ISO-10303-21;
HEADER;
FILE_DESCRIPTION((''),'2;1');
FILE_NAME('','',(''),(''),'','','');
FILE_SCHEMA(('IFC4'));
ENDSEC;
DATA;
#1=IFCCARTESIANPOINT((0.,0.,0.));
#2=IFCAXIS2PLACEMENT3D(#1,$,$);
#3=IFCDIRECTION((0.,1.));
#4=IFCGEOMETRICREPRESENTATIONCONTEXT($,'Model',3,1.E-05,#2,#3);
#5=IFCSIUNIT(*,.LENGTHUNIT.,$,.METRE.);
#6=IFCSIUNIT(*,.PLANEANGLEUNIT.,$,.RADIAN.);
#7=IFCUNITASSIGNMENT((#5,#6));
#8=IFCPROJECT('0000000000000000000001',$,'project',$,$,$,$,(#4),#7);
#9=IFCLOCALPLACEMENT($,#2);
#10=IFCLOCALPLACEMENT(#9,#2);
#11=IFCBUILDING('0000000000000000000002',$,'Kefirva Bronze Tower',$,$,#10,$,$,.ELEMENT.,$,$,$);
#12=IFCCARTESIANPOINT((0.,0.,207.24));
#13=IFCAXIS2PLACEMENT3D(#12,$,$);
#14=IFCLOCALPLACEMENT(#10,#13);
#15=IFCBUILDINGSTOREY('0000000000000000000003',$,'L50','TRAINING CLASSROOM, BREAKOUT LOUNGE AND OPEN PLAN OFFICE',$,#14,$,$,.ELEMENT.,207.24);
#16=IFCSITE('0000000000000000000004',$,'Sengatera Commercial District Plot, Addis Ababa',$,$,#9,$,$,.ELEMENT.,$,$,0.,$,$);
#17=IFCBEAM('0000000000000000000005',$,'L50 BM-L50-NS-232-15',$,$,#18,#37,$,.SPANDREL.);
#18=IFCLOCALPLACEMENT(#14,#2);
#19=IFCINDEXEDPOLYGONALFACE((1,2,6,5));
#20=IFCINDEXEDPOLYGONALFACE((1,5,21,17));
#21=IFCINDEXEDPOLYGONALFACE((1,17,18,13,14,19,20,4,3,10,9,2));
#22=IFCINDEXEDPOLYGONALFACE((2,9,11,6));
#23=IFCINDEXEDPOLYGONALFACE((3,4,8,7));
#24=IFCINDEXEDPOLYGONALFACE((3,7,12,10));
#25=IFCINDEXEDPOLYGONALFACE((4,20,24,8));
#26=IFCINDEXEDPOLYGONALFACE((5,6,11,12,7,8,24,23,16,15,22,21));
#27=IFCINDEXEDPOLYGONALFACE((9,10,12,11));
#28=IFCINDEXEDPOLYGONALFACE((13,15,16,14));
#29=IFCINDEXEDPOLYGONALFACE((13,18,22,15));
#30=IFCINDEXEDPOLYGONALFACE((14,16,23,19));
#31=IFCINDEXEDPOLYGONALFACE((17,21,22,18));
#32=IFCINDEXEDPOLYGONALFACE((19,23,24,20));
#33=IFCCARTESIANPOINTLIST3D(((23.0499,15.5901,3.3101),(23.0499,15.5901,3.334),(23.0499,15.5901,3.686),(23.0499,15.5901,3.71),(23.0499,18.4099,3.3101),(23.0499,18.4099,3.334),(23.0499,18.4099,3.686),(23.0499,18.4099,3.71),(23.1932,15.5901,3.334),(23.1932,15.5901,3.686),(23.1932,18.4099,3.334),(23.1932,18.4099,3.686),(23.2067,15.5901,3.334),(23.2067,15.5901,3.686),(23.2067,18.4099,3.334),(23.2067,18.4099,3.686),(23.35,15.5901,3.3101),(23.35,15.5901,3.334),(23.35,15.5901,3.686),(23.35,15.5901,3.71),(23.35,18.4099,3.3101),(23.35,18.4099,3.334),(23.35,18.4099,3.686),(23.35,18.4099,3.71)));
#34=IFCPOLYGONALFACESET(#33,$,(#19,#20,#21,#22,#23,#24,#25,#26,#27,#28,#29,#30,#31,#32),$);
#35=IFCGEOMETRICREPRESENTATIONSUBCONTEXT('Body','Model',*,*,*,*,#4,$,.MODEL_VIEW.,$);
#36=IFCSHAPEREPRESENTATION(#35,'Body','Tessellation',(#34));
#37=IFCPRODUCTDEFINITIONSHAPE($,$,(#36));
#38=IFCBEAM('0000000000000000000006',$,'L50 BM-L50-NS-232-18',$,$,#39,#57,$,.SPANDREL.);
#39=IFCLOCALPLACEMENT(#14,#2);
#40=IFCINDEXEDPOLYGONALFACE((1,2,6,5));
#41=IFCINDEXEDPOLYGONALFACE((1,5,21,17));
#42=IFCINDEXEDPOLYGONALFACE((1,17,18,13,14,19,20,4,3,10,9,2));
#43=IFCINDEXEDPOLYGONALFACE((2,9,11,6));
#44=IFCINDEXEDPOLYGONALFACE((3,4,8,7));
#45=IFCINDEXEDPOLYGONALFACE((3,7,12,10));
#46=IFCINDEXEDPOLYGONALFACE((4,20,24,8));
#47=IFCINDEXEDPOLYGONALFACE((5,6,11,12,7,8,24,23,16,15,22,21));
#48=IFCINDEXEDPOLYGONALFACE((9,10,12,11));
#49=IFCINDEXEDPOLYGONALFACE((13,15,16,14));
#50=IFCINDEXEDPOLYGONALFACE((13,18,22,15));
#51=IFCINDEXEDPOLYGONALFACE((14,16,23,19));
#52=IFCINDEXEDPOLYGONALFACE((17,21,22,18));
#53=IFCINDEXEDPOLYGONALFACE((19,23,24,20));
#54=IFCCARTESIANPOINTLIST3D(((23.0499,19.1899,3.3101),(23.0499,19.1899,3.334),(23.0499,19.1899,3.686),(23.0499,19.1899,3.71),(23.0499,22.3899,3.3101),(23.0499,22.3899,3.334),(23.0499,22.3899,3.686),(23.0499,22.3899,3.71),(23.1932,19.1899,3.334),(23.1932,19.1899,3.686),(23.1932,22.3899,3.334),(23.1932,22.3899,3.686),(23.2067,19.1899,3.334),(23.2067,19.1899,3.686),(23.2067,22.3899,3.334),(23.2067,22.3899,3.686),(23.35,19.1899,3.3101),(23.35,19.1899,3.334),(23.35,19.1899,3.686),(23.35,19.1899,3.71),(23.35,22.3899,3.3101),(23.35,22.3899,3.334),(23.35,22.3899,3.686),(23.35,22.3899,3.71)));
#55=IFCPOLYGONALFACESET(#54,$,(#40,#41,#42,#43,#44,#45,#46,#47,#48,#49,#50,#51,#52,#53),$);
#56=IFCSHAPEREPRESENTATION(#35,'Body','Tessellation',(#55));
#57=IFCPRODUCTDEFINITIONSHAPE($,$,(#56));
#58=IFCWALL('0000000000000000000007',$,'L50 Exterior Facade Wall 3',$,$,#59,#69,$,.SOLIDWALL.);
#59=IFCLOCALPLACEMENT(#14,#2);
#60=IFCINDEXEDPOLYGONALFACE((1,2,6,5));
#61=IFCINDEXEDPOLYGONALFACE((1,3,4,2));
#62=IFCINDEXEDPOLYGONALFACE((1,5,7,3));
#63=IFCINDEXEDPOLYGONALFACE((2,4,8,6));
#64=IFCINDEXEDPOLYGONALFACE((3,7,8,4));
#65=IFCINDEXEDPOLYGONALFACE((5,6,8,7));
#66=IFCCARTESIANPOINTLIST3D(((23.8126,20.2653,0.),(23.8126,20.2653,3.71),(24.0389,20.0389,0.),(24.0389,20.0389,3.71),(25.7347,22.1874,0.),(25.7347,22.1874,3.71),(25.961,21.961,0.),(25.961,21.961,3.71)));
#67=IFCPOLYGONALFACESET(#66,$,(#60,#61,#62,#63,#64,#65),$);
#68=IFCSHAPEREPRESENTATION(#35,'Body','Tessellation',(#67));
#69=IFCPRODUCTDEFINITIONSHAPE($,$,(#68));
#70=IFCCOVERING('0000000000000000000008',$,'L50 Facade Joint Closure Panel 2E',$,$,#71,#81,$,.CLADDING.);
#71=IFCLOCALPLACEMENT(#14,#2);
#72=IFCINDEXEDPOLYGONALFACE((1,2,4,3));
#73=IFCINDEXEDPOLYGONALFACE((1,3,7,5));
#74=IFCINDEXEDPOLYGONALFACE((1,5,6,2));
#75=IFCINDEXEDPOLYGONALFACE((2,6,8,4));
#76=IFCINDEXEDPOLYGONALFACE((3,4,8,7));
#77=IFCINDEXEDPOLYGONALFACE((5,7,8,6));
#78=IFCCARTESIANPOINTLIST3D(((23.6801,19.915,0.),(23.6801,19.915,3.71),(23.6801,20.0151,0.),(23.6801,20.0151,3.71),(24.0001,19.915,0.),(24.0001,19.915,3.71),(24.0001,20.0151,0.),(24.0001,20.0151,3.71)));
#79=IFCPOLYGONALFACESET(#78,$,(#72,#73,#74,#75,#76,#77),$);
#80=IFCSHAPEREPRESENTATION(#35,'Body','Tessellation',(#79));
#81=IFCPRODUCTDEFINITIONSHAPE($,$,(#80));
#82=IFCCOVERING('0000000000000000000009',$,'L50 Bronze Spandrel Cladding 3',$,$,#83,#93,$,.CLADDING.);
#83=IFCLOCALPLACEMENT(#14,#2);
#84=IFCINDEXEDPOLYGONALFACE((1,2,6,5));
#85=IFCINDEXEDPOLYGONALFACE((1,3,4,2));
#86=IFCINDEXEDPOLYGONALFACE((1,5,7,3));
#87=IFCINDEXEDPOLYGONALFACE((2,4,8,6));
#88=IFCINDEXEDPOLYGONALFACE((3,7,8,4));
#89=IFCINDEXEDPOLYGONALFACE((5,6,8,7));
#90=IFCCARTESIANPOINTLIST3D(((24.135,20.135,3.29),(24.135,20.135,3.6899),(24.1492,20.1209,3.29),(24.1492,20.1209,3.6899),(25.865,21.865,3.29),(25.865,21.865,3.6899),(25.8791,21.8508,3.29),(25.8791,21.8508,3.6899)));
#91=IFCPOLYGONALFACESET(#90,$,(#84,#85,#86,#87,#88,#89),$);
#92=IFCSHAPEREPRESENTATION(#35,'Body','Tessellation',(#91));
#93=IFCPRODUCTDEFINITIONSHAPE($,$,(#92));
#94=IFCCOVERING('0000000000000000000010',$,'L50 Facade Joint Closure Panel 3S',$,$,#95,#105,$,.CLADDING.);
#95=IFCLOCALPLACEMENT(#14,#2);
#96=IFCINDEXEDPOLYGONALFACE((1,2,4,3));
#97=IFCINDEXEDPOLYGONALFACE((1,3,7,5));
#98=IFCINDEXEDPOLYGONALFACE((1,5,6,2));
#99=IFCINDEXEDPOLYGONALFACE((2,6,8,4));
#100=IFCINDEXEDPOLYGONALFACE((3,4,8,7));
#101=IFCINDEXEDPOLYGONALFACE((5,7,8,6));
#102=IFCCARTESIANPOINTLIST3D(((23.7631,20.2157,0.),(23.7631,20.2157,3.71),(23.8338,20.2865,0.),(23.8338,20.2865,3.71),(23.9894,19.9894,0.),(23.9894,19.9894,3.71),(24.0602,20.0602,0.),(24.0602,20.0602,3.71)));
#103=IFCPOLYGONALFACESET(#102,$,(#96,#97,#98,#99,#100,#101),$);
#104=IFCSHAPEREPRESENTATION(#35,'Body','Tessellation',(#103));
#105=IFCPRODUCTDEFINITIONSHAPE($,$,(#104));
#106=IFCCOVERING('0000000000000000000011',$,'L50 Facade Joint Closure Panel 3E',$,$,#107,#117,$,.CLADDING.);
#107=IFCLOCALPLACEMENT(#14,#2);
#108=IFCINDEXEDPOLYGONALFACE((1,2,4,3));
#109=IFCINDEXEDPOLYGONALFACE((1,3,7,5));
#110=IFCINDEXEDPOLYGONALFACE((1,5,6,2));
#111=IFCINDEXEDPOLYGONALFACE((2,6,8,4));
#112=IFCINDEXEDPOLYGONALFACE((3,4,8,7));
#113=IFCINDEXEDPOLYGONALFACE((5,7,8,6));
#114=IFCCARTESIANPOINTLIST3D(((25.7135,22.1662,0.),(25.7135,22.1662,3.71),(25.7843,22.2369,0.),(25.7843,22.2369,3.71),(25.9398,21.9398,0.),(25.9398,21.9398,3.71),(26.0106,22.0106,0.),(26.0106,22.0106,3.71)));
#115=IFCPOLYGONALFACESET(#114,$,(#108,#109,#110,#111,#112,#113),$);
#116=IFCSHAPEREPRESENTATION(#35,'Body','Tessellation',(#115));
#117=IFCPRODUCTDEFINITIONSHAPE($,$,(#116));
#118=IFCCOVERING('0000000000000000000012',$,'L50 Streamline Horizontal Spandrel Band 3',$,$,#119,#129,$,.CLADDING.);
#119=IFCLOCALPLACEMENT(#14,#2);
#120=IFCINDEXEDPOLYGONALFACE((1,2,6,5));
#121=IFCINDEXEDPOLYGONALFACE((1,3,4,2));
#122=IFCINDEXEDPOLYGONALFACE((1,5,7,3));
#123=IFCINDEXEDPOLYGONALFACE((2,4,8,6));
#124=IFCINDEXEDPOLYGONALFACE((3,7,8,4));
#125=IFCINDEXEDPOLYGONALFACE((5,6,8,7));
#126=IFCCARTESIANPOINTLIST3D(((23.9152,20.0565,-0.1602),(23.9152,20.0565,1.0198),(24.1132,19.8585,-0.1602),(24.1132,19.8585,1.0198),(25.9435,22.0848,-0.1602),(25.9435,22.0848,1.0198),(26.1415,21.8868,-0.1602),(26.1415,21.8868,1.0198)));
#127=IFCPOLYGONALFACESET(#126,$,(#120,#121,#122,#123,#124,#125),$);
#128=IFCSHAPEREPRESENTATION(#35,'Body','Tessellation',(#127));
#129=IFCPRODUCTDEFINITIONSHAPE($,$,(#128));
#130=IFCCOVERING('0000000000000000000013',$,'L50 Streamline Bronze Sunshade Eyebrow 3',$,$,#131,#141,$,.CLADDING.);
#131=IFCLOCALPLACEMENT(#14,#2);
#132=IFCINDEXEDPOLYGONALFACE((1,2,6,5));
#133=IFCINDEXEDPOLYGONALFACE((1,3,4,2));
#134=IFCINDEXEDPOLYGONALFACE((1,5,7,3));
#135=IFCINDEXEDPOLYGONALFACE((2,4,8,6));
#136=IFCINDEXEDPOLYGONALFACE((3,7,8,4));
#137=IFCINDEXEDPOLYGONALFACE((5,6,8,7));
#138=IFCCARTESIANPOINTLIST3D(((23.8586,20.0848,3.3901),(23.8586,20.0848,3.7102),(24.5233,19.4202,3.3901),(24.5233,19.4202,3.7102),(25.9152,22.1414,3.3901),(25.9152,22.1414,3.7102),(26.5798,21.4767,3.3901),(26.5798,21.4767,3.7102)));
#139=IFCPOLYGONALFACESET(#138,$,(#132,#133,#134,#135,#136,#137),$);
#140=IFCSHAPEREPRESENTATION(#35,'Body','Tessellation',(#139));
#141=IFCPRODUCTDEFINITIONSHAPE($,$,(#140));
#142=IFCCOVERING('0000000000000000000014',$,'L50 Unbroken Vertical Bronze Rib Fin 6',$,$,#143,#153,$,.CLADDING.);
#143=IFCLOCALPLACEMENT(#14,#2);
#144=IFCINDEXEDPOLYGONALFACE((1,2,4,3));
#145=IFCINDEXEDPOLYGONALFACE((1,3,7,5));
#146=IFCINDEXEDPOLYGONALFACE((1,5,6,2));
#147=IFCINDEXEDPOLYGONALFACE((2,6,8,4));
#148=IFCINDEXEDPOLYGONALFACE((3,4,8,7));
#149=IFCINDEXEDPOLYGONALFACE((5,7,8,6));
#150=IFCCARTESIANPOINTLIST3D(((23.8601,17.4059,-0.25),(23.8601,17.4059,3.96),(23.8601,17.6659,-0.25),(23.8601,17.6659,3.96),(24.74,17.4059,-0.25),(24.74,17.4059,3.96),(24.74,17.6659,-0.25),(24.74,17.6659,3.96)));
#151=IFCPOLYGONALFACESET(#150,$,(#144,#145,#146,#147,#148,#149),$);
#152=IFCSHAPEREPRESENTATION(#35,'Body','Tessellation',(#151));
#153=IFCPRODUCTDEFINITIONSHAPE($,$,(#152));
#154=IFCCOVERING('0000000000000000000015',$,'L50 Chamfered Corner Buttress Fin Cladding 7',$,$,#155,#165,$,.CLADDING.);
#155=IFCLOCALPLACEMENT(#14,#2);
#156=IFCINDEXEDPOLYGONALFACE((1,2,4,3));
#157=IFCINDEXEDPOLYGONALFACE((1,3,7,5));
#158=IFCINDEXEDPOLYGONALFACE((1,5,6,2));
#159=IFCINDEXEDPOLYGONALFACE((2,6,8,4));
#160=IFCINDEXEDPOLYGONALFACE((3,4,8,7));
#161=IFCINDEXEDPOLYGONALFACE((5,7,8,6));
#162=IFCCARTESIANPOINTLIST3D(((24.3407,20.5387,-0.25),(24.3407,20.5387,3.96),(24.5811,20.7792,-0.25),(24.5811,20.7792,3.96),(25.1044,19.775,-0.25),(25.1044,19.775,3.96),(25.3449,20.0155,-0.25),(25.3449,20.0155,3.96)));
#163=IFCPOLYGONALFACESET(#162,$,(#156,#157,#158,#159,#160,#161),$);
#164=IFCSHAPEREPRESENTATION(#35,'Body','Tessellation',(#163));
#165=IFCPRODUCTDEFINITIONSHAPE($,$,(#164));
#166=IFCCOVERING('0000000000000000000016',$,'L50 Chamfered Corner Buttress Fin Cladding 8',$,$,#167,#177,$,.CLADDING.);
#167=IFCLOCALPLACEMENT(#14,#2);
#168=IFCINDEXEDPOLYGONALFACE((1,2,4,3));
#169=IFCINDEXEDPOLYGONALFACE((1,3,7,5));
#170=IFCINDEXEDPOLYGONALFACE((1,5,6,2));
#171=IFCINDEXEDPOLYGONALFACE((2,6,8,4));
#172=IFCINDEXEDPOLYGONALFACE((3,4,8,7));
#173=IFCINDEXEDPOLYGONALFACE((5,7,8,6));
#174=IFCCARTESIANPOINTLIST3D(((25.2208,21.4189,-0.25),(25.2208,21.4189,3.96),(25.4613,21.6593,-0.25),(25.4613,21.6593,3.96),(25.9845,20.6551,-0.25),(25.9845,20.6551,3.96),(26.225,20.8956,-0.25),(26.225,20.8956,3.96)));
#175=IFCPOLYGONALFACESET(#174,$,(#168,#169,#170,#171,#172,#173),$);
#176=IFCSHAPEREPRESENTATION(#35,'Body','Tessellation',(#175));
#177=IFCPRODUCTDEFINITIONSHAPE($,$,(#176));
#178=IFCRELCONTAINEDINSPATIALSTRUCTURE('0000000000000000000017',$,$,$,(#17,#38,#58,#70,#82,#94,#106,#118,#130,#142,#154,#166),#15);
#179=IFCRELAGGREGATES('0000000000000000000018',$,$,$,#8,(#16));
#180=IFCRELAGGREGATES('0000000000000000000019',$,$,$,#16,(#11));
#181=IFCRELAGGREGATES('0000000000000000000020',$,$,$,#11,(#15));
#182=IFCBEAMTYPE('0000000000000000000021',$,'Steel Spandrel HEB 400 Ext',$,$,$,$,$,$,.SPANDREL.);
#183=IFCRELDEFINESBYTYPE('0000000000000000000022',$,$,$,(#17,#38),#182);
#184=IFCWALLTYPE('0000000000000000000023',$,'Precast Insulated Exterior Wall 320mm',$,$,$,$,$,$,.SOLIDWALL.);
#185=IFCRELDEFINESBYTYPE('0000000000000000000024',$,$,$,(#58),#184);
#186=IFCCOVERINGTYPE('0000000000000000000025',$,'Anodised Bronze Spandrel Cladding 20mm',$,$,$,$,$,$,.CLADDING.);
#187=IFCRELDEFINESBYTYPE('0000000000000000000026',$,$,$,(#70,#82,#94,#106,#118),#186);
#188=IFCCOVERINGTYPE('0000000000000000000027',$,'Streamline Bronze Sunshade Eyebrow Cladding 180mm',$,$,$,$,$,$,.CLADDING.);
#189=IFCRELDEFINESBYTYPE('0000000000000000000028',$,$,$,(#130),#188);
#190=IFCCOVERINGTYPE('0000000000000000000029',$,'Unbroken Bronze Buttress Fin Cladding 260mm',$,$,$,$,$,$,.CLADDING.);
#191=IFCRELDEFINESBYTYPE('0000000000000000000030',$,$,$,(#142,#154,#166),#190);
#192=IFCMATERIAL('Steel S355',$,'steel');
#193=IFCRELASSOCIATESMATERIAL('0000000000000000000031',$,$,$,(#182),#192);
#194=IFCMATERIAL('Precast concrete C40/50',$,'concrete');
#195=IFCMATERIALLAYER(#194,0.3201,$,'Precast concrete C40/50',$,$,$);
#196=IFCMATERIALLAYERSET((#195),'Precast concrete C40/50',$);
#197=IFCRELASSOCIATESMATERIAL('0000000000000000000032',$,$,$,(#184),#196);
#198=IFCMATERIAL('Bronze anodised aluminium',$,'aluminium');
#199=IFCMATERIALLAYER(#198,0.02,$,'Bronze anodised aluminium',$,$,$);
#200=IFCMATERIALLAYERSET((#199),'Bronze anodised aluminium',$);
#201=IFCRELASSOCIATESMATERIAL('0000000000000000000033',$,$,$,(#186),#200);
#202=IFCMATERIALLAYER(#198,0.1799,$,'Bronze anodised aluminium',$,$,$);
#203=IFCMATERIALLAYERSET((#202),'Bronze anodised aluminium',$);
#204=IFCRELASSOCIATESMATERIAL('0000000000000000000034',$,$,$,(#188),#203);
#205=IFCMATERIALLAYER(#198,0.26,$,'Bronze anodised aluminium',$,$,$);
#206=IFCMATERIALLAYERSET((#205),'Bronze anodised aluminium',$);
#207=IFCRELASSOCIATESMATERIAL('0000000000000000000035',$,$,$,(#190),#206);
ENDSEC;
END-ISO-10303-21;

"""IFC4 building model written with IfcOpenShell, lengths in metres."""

from ifc_helpers import new_model, si_unit, direction, frame, frame_2d, origin, origin_2d, place, context, subcontext, project, spatial, rectangle, i_section, extrude, material, layer, layer_set, material_profile, profile_set, type_object, element, save


model = new_model("IFC4")

# Units and contexts
model_context = context("Model", 3, precision=1e-05, world=origin(), true_north=direction((0.0, 1.0)))
body_context = subcontext(model_context, "Body", "Model", "MODEL_VIEW")
ifc_project = project(units=[si_unit("LENGTHUNIT", "METRE"), si_unit("PLANEANGLEUNIT", "RADIAN")], contexts=[model_context])

# Site, building, storey
site_placement = place(None, origin())
site = spatial("IfcSite", under=ifc_project, at=site_placement, Name="Sengatera Commercial District Plot, Addis Ababa", CompositionType="ELEMENT", RefElevation=0.0)
building_placement = place(site_placement, origin())
building = spatial("IfcBuilding", under=site, at=building_placement, Name="Kefirva Bronze Tower", CompositionType="ELEMENT")
storey_placement = place(building_placement, frame((0.0, 0.0, 207.24)))
storey = spatial("IfcBuildingStorey", under=building, at=storey_placement, Name="L50", Description="TRAINING CLASSROOM, BREAKOUT LOUNGE AND OPEN PLAN OFFICE", CompositionType="ELEMENT", Elevation=207.24)

# Shared definitions
ifc_material_1 = material(Name="Bronze anodised aluminium", Category="aluminium")

# Beams
ifc_material_2 = material(Name="Steel S355", Category="steel")
ifc_material_profile_1 = material_profile(ifc_material_2, i_section(OverallWidth=0.3, OverallDepth=0.3999, WebThickness=0.0134, FlangeThickness=0.0239, at=origin_2d()), Name="HEB 400")
ifc_profile_set_1 = profile_set([ifc_material_profile_1], Name="Steel S355")
beam_type_1 = type_object("IfcBeamType", Name="Steel Spandrel HEB 400 Ext", PredefinedType="SPANDREL", material=ifc_profile_set_1)
beam_1_placement = place(storey_placement, frame((23.2, 15.5901, 3.51), z_axis=(0.0, 1.0, 0.0), x_axis=(-1.0, 0.0, 0.0)))
element("IfcBeam", 1, at=beam_1_placement, inside=storey, type_object=beam_type_1, Name="L50 BM-L50-NS-232-15", PredefinedType="SPANDREL", context=body_context, shape_type="SweptSolid", body=[
    extrude(i_section(OverallWidth=0.3, OverallDepth=0.3999, WebThickness=0.0134, FlangeThickness=0.0239, at=origin_2d()), origin(), (0.0, 0.0, 1.0), 2.8198),
])
beam_2_placement = place(storey_placement, frame((23.2, 19.1899, 3.51), z_axis=(0.0, 1.0, 0.0), x_axis=(-1.0, 0.0, 0.0)))
element("IfcBeam", 2, at=beam_2_placement, inside=storey, type_object=beam_type_1, Name="L50 BM-L50-NS-232-18", PredefinedType="SPANDREL", context=body_context, shape_type="SweptSolid", body=[
    extrude(i_section(OverallWidth=0.3, OverallDepth=0.3999, WebThickness=0.0134, FlangeThickness=0.0239, at=origin_2d()), origin(), (0.0, 0.0, 1.0), 3.2),
])

# Wall
ifc_material_3 = material(Name="Precast concrete C40/50", Category="concrete")
ifc_layer_1 = layer(ifc_material_3, 0.3201, Name="Precast concrete C40/50")
ifc_layer_set_1 = layer_set([ifc_layer_1], Name="Precast concrete C40/50")
wall_type = type_object("IfcWallType", Name="Precast Insulated Exterior Wall 320mm", PredefinedType="SOLIDWALL", material=ifc_layer_set_1)
wall_placement = place(storey_placement, frame((23.9258, 20.1521, 0.0), z_axis=(0.0, 0.0, 1.0), x_axis=(0.707107, 0.707107, 0.0)))
element("IfcWall", 3, at=wall_placement, inside=storey, type_object=wall_type, Name="L50 Exterior Facade Wall 3", PredefinedType="SOLIDWALL", context=body_context, shape_type="SweptSolid", body=[
    extrude(rectangle(XDim=2.7183, YDim=0.3201, at=frame_2d((1.3591, 0.0))), origin(), (0.0, 0.0, 1.0), 3.71),
])

# Coverings
ifc_layer_2 = layer(ifc_material_1, 0.02, Name="Bronze anodised aluminium")
ifc_layer_set_2 = layer_set([ifc_layer_2], Name="Bronze anodised aluminium")
covering_type_1 = type_object("IfcCoveringType", Name="Anodised Bronze Spandrel Cladding 20mm", PredefinedType="CLADDING", material=ifc_layer_set_2)
covering_1_placement = place(storey_placement, frame((23.8401, 19.9651, 0.0), z_axis=(0.0, 0.0, 1.0), x_axis=(0.0, 1.0, 0.0)))
element("IfcCovering", 4, at=covering_1_placement, inside=storey, type_object=covering_type_1, Name="L50 Facade Joint Closure Panel 2E", PredefinedType="CLADDING", context=body_context, shape_type="SweptSolid", body=[
    extrude(rectangle(XDim=0.1001, YDim=0.3201, at=origin_2d()), origin(), (0.0, 0.0, 1.0), 3.71),
])
covering_2_placement = place(storey_placement, frame((25.0071, 20.9929, 3.29), z_axis=(0.0, 0.0, 1.0), x_axis=(0.707107, 0.707107, 0.0)))
element("IfcCovering", 5, at=covering_2_placement, inside=storey, type_object=covering_type_1, Name="L50 Bronze Spandrel Cladding 3", PredefinedType="CLADDING", context=body_context, shape_type="SweptSolid", body=[
    extrude(rectangle(XDim=2.4465, YDim=0.02, at=origin_2d()), origin(), (0.0, 0.0, 1.0), 0.3999),
])
for number, where, z_axis, x_axis, name in (
    (6, (23.9116, 20.1379, 0.0), (0.0, 0.0, 1.0), (0.707107, 0.707107, 0.0), "L50 Facade Joint Closure Panel 3S"),
    (7, (25.8621, 22.0884, 0.0), (0.0, 0.0, 1.0), (0.707107, 0.707107, 0.0), "L50 Facade Joint Closure Panel 3E"),
):
    element("IfcCovering", number, at=place(storey_placement, frame(where, z_axis=z_axis, x_axis=x_axis)), inside=storey, type_object=covering_type_1, Name=name, PredefinedType="CLADDING", context=body_context, shape_type="SweptSolid", body=[
        extrude(rectangle(XDim=0.1001, YDim=0.3201, at=origin_2d()), origin(), (0.0, 0.0, 1.0), 3.71),
    ])
covering_3_placement = place(storey_placement, frame((25.0283, 20.9717, -0.1602), z_axis=(0.0, 0.0, 1.0), x_axis=(0.707107, 0.707107, 0.0)))
element("IfcCovering", 8, at=covering_3_placement, inside=storey, type_object=covering_type_1, Name="L50 Streamline Horizontal Spandrel Band 3", PredefinedType="CLADDING", context=body_context, shape_type="SweptSolid", body=[
    extrude(rectangle(XDim=2.8684, YDim=0.28, at=origin_2d()), origin(), (0.0, 0.0, 1.0), 1.1799),
])
ifc_layer_3 = layer(ifc_material_1, 0.1799, Name="Bronze anodised aluminium")
ifc_layer_set_3 = layer_set([ifc_layer_3], Name="Bronze anodised aluminium")
covering_type_2 = type_object("IfcCoveringType", Name="Streamline Bronze Sunshade Eyebrow Cladding 180mm", PredefinedType="CLADDING", material=ifc_layer_set_3)
covering_4_placement = place(storey_placement, frame((25.2192, 20.7808, 3.3901), z_axis=(0.0, 0.0, 1.0), x_axis=(0.707107, 0.707107, 0.0)))
element("IfcCovering", 9, at=covering_4_placement, inside=storey, type_object=covering_type_2, Name="L50 Streamline Bronze Sunshade Eyebrow 3", PredefinedType="CLADDING", context=body_context, shape_type="SweptSolid", body=[
    extrude(rectangle(XDim=2.9084, YDim=0.9399, at=origin_2d()), origin(), (0.0, 0.0, 1.0), 0.3201),
])
ifc_layer_4 = layer(ifc_material_1, 0.26, Name="Bronze anodised aluminium")
ifc_layer_set_4 = layer_set([ifc_layer_4], Name="Bronze anodised aluminium")
covering_type_3 = type_object("IfcCoveringType", Name="Unbroken Bronze Buttress Fin Cladding 260mm", PredefinedType="CLADDING", material=ifc_layer_set_4)
covering_5_placement = place(storey_placement, frame((24.3, 17.5359, -0.25), z_axis=(0.0, 0.0, 1.0), x_axis=(0.0, 1.0, 0.0)))
element("IfcCovering", 10, at=covering_5_placement, inside=storey, type_object=covering_type_3, Name="L50 Unbroken Vertical Bronze Rib Fin 6", PredefinedType="CLADDING", context=body_context, shape_type="SweptSolid", body=[
    extrude(rectangle(XDim=0.26, YDim=0.8799, at=origin_2d()), origin(), (0.0, 0.0, 1.0), 4.21),
])
for number, where, z_axis, x_axis, name in (
    (11, (24.8428, 20.2771, -0.25), (0.0, 0.0, 1.0), (0.707107, 0.707107, 0.0), "L50 Chamfered Corner Buttress Fin Cladding 7"),
    (12, (25.7229, 21.1572, -0.25), (0.0, 0.0, 1.0), (0.707107, 0.707107, 0.0), "L50 Chamfered Corner Buttress Fin Cladding 8"),
):
    element("IfcCovering", number, at=place(storey_placement, frame(where, z_axis=z_axis, x_axis=x_axis)), inside=storey, type_object=covering_type_3, Name=name, PredefinedType="CLADDING", context=body_context, shape_type="SweptSolid", body=[
        extrude(rectangle(XDim=0.3401, YDim=1.0801, at=origin_2d()), origin(), (0.0, 0.0, 1.0), 4.21),
    ])

save(model, "model.ifc")
